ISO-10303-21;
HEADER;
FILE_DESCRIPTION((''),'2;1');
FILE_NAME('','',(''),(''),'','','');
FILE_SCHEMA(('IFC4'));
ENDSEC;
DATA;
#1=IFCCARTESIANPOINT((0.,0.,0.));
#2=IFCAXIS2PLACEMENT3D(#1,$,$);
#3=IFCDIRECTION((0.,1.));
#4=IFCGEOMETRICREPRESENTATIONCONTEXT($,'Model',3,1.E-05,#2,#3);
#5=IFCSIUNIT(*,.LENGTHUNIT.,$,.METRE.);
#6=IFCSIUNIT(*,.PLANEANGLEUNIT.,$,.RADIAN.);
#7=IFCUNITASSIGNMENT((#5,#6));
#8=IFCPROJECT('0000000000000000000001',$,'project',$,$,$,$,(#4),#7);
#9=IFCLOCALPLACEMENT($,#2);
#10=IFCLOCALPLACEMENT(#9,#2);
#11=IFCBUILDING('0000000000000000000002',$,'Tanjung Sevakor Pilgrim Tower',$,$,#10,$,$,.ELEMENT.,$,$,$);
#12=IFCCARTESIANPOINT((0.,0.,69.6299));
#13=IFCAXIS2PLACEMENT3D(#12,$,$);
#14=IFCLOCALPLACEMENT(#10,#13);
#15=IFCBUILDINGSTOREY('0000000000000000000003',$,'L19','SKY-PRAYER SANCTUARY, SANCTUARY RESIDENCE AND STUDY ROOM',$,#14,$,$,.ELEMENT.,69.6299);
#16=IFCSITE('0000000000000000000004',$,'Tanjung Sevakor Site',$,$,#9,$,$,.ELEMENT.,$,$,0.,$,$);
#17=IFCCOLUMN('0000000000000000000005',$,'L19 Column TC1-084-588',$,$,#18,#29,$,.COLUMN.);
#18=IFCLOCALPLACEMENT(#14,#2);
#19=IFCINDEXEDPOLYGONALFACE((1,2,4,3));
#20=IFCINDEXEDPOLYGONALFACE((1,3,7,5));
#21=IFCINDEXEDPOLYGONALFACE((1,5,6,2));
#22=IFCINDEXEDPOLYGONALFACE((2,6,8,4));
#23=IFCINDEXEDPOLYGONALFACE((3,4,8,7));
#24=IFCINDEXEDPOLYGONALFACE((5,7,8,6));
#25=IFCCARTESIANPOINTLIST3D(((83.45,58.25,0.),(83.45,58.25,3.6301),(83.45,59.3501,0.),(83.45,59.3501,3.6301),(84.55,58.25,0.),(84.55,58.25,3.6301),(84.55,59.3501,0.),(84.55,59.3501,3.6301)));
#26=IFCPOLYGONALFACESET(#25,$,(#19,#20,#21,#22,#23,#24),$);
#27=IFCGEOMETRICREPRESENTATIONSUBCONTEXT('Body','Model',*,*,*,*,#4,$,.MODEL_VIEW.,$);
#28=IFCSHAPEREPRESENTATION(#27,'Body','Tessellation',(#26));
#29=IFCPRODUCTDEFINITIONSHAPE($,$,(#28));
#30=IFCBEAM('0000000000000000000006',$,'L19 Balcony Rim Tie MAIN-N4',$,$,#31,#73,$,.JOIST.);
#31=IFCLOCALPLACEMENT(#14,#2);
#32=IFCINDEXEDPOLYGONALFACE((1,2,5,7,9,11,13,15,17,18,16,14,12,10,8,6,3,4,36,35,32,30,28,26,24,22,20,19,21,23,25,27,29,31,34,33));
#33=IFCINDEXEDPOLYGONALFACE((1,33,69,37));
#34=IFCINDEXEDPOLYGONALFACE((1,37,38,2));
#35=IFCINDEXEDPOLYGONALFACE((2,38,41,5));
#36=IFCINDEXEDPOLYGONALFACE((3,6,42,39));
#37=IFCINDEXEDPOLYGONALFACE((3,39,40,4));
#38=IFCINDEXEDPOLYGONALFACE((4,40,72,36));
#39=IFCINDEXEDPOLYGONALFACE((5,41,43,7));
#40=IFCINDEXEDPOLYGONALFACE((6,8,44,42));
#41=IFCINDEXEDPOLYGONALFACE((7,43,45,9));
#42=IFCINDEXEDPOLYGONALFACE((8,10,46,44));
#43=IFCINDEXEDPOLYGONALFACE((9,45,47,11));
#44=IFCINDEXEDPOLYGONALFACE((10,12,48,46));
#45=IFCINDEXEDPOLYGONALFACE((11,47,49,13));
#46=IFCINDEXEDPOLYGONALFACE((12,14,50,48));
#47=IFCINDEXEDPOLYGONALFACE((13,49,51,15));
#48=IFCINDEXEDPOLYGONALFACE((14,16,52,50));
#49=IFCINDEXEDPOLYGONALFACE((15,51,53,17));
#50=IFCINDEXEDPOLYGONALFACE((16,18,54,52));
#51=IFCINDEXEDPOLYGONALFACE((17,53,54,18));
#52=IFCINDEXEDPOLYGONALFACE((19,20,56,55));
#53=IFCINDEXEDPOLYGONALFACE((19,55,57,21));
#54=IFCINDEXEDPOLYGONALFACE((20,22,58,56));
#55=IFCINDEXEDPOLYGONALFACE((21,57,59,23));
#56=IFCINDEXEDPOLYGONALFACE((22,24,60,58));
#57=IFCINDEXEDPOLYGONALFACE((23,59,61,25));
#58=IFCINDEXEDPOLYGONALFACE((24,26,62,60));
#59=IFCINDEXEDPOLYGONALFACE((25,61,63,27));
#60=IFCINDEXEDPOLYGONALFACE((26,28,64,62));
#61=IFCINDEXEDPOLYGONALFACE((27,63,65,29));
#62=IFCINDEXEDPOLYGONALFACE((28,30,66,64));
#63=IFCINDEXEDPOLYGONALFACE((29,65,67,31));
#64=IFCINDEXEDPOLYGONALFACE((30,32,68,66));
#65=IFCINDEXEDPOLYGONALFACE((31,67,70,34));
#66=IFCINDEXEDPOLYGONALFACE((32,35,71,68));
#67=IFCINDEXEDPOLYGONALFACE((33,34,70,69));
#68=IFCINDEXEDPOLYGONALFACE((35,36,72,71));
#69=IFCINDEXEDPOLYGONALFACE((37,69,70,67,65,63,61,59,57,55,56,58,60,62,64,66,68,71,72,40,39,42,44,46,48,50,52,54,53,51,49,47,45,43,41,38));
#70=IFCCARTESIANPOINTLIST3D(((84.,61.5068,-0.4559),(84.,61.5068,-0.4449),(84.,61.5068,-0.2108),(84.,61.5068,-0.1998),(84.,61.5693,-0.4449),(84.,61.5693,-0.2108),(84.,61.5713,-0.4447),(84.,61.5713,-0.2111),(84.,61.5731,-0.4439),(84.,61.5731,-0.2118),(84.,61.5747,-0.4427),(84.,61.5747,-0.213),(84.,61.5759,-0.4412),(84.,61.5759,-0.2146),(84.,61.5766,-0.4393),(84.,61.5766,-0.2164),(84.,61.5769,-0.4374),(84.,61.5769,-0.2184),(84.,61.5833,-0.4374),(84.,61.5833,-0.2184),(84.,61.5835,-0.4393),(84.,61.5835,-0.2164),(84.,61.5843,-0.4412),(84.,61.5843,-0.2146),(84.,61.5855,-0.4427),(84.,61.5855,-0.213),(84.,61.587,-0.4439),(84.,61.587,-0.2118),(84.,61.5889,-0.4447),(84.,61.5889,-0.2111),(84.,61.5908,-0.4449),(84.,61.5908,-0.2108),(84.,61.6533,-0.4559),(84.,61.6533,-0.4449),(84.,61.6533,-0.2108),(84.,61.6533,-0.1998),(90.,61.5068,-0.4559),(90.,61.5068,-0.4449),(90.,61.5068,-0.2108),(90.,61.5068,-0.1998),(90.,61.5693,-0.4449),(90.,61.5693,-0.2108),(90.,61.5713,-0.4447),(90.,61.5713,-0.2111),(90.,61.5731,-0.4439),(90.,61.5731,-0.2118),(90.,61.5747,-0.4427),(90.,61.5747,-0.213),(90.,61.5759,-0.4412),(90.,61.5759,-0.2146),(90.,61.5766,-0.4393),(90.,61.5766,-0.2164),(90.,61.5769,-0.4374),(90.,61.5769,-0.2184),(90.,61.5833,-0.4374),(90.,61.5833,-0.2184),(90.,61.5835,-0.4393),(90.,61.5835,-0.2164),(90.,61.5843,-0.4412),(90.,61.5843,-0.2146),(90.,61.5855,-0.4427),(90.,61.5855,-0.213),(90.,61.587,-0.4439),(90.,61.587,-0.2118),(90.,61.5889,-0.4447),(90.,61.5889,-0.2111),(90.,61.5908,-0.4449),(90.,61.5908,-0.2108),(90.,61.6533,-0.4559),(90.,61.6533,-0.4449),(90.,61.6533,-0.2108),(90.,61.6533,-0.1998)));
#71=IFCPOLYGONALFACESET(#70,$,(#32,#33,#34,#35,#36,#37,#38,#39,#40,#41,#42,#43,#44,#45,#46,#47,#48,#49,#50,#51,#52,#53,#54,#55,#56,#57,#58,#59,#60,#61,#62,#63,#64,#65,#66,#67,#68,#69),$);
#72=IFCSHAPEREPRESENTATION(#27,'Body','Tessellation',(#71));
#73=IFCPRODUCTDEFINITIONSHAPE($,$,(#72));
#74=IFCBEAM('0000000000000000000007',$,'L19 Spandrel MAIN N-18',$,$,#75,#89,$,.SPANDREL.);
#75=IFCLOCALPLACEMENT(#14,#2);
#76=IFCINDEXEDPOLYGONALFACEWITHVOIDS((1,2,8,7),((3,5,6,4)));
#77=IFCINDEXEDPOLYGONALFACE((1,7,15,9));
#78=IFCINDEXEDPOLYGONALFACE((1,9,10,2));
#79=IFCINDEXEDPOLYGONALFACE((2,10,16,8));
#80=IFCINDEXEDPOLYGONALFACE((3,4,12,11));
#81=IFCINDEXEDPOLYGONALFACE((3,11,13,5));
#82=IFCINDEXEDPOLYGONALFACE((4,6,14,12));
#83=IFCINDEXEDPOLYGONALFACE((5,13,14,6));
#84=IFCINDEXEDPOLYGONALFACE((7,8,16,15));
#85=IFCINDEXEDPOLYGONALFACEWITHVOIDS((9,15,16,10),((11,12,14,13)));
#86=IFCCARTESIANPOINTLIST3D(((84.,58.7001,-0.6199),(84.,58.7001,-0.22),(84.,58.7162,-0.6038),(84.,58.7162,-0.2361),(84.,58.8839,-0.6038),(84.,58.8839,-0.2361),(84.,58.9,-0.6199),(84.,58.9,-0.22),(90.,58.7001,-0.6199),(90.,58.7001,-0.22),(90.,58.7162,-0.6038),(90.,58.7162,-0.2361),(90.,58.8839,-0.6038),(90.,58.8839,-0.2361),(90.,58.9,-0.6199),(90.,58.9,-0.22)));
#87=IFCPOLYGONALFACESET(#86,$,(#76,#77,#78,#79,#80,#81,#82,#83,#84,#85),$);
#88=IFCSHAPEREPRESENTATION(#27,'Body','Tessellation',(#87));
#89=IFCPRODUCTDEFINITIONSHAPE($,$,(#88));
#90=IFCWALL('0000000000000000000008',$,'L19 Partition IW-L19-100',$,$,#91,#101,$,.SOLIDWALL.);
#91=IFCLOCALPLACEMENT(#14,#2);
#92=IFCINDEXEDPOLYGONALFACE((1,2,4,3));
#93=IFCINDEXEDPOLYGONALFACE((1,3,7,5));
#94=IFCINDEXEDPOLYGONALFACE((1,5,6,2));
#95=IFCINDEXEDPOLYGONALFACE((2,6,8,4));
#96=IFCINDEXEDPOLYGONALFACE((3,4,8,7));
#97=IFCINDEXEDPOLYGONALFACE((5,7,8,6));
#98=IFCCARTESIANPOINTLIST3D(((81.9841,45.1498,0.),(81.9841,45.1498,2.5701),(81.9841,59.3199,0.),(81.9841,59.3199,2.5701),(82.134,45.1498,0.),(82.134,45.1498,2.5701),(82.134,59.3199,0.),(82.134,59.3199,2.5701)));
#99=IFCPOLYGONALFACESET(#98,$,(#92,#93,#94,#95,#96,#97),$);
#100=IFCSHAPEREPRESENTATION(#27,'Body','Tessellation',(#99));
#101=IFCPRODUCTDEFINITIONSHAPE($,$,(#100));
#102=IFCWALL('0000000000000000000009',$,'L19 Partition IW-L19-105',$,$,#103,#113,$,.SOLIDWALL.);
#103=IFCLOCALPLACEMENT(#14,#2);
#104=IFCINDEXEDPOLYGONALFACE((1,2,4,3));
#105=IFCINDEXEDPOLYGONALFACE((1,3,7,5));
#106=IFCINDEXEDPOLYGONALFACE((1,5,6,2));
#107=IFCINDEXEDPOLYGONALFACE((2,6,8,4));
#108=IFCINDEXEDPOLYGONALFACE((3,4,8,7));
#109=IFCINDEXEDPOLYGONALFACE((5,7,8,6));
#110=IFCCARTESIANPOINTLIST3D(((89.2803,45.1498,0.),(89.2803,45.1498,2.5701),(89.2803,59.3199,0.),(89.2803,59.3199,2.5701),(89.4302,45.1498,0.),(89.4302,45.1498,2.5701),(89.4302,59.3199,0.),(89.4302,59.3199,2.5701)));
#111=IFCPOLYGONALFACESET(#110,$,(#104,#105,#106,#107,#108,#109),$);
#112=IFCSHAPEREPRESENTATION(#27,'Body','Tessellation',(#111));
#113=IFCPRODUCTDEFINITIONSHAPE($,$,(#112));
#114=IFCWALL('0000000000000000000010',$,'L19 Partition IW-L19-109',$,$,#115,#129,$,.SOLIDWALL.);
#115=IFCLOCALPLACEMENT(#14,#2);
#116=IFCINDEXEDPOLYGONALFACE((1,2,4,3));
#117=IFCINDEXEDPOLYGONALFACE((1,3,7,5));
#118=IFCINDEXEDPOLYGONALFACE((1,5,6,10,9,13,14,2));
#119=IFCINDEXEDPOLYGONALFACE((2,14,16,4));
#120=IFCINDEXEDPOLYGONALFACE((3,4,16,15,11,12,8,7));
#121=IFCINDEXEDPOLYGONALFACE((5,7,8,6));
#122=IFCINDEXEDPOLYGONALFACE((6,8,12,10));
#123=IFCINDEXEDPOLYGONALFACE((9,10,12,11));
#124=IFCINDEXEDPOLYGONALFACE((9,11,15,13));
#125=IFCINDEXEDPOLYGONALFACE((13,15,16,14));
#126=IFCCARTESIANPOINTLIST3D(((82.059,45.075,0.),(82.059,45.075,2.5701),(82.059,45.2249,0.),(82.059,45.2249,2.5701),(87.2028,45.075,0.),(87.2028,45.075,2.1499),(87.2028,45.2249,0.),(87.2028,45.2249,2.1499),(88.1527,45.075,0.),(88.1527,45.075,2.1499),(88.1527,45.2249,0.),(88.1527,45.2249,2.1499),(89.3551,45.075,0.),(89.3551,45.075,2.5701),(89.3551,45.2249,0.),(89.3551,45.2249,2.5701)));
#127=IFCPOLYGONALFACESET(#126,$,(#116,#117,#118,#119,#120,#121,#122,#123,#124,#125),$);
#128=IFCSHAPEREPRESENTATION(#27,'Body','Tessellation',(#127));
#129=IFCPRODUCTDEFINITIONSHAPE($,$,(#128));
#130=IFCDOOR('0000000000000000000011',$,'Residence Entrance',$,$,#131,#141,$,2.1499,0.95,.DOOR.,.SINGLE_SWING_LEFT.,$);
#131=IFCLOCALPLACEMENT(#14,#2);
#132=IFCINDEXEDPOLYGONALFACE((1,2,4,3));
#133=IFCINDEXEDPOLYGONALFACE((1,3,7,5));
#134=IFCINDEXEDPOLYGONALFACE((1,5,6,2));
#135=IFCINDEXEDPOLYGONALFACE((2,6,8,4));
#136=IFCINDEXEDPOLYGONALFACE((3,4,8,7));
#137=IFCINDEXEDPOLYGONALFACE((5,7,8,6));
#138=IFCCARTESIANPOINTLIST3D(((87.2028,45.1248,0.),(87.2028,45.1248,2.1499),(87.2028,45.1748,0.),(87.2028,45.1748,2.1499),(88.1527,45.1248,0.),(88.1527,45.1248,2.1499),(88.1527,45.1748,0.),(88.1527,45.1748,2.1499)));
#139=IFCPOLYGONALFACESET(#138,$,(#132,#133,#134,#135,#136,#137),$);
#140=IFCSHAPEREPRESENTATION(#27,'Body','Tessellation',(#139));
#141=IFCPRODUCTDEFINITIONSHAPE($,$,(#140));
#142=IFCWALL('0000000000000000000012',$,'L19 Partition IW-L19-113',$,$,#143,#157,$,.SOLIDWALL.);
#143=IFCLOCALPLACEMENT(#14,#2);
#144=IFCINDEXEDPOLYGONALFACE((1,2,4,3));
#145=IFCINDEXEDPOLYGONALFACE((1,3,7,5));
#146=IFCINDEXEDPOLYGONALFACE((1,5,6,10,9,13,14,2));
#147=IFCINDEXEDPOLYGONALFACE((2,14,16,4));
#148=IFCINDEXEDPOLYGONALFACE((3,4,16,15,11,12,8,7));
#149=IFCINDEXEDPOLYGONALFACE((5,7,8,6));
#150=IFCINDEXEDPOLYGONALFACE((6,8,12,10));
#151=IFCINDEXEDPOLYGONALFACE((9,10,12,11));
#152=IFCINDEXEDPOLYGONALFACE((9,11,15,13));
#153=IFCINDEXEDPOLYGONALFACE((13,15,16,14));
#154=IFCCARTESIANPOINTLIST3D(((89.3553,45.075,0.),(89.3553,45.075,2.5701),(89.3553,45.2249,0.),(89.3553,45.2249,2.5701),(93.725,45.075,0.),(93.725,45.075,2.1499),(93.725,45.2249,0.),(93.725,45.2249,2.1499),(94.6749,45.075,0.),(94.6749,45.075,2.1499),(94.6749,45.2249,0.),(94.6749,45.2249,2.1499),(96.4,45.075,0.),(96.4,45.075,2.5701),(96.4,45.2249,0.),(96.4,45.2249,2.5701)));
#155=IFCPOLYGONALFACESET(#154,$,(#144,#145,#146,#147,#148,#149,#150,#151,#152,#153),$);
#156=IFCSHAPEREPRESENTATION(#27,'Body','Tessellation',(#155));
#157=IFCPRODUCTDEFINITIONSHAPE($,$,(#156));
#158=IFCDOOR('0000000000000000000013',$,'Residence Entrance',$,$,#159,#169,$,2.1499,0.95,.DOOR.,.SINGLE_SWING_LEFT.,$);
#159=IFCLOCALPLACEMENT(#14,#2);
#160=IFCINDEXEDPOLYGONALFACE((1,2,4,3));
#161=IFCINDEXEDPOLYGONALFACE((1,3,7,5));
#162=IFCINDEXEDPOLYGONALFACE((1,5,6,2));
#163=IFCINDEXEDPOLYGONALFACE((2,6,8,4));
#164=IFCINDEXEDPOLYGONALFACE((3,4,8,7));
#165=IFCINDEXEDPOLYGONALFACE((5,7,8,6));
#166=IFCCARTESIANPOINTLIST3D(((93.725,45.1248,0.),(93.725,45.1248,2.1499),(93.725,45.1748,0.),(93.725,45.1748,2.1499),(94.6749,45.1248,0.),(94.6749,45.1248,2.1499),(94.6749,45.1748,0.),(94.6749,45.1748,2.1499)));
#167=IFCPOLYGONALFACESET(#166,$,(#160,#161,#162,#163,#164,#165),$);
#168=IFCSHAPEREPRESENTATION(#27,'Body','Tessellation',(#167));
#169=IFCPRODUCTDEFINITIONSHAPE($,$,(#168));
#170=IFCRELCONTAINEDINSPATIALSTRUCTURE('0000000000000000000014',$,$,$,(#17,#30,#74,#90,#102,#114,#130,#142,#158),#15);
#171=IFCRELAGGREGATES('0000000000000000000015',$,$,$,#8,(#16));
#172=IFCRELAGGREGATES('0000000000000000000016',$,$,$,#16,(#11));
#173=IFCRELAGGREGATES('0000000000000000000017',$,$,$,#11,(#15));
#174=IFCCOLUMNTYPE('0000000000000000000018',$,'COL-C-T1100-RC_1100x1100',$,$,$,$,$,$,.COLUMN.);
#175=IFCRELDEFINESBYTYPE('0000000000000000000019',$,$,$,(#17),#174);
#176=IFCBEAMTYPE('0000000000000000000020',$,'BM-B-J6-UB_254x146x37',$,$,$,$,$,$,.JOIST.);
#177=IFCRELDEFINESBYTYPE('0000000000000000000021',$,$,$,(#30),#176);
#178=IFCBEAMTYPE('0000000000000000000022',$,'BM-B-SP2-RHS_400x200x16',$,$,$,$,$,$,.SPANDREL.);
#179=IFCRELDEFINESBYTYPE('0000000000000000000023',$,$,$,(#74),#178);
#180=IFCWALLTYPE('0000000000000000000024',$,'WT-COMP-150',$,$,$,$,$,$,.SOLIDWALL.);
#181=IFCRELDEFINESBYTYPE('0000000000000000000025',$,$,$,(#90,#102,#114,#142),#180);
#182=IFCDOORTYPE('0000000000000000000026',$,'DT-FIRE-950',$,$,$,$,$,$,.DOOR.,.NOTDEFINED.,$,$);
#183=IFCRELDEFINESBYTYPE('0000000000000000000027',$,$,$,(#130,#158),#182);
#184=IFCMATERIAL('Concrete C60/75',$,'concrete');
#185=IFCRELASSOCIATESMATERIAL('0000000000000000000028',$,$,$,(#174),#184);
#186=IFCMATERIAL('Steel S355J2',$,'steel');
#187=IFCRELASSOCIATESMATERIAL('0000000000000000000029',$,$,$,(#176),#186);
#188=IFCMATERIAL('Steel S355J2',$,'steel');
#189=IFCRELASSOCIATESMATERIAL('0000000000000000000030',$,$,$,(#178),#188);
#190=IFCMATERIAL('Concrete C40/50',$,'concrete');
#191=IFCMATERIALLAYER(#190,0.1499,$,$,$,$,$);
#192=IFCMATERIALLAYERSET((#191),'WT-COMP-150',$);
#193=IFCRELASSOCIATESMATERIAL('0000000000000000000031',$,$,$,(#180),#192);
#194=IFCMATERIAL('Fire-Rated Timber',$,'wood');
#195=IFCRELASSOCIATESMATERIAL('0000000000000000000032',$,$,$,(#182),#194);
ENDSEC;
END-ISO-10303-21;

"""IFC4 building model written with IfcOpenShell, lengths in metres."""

from ifc_helpers import new_model, si_unit, direction, frame, frame_2d, origin, origin_2d, place, context, subcontext, project, spatial, rectangle, hollow_rectangle, i_section, extrude, material, layer, layer_set, material_profile, profile_set, type_object, element, fill, save


model = new_model("IFC4")

# Units and contexts
model_context = context("Model", 3, precision=1e-05, world=origin(), true_north=direction((0.0, 1.0)))
body_context = subcontext(model_context, "Body", "Model", "MODEL_VIEW")
ifc_project = project(units=[si_unit("LENGTHUNIT", "METRE"), si_unit("PLANEANGLEUNIT", "RADIAN")], contexts=[model_context])

# Site, building, storey
site_placement = place(None, origin())
site = spatial("IfcSite", under=ifc_project, at=site_placement, Name="Tanjung Sevakor Site", CompositionType="ELEMENT", RefElevation=0.0)
building_placement = place(site_placement, origin())
building = spatial("IfcBuilding", under=site, at=building_placement, Name="Tanjung Sevakor Pilgrim Tower", CompositionType="ELEMENT")
storey_placement = place(building_placement, frame((0.0, 0.0, 69.6299)))
storey = spatial("IfcBuildingStorey", under=building, at=storey_placement, Name="L19", Description="SKY-PRAYER SANCTUARY, SANCTUARY RESIDENCE AND STUDY ROOM", CompositionType="ELEMENT", Elevation=69.6299)

# Column
ifc_material_1 = material(Name="Concrete C60/75", Category="concrete")
ifc_material_profile_1 = material_profile(ifc_material_1, rectangle(XDim=1.1001, YDim=1.1001, at=origin_2d()))
ifc_profile_set_1 = profile_set([ifc_material_profile_1], Name="Concrete C60/75")
column_type = type_object("IfcColumnType", Name="COL-C-T1100-RC_1100x1100", PredefinedType="COLUMN", material=ifc_profile_set_1)
column_placement = place(storey_placement, frame((84.0, 58.8, 0.0), z_axis=(0.0, 0.0, 1.0), x_axis=(1.0, 0.0, 0.0)))
element("IfcColumn", 1, at=column_placement, inside=storey, type_object=column_type, Name="L19 Column TC1-084-588", PredefinedType="COLUMN", context=body_context, shape_type="SweptSolid", body=[
    extrude(rectangle(XDim=1.1001, YDim=1.1001, at=origin_2d()), origin(), (0.0, 0.0, 1.0), 3.6301),
])

# Beams
ifc_material_2 = material(Name="Steel S355J2", Category="steel")
ifc_material_profile_2 = material_profile(ifc_material_2, i_section(OverallWidth=0.1465, OverallDepth=0.2561, WebThickness=0.0063, FlangeThickness=0.011, FilletRadius=0.0076, at=origin_2d()))
ifc_profile_set_2 = profile_set([ifc_material_profile_2], Name="Steel S355J2")
beam_type_1 = type_object("IfcBeamType", Name="BM-B-J6-UB_254x146x37", PredefinedType="JOIST", material=ifc_profile_set_2)
beam_1_placement = place(storey_placement, frame((84.0, 61.5801, -0.3279), z_axis=(1.0, 0.0, 0.0), x_axis=(0.0, 1.0, 0.0)))
element("IfcBeam", 2, at=beam_1_placement, inside=storey, type_object=beam_type_1, Name="L19 Balcony Rim Tie MAIN-N4", PredefinedType="JOIST", context=body_context, shape_type="SweptSolid", body=[
    extrude(i_section(OverallWidth=0.1465, OverallDepth=0.2561, WebThickness=0.0063, FlangeThickness=0.011, FilletRadius=0.0076, at=origin_2d()), origin(), (0.0, 0.0, 1.0), 6.0),
])
ifc_material_3 = material(Name="Steel S355J2", Category="steel")
ifc_material_profile_3 = material_profile(ifc_material_3, hollow_rectangle(XDim=0.2, YDim=0.3999, WallThickness=0.0161, at=origin_2d()))
ifc_profile_set_3 = profile_set([ifc_material_profile_3], Name="Steel S355J2")
beam_type_2 = type_object("IfcBeamType", Name="BM-B-SP2-RHS_400x200x16", PredefinedType="SPANDREL", material=ifc_profile_set_3)
beam_2_placement = place(storey_placement, frame((84.0, 58.8, -0.4199), z_axis=(1.0, 0.0, 0.0), x_axis=(0.0, 1.0, 0.0)))
element("IfcBeam", 3, at=beam_2_placement, inside=storey, type_object=beam_type_2, Name="L19 Spandrel MAIN N-18", PredefinedType="SPANDREL", context=body_context, shape_type="SweptSolid", body=[
    extrude(hollow_rectangle(XDim=0.2, YDim=0.3999, WallThickness=0.0161, at=origin_2d()), origin(), (0.0, 0.0, 1.0), 6.0),
])

# Walls
ifc_material_4 = material(Name="Concrete C40/50", Category="concrete")
ifc_layer_1 = layer(ifc_material_4, 0.1499)
ifc_layer_set_1 = layer_set([ifc_layer_1], Name="WT-COMP-150")
wall_type_1 = type_object("IfcWallType", Name="WT-COMP-150", PredefinedType="SOLIDWALL", material=ifc_layer_set_1)
for number, where, z_axis, x_axis, name in (
    (4, (82.0591, 45.1499, 0.0), (0.0, 0.0, 1.0), (0.0, 1.0, 0.0), "L19 Partition IW-L19-100"),
    (5, (89.3552, 45.1499, 0.0), (0.0, 0.0, 1.0), (0.0, 1.0, 0.0), "L19 Partition IW-L19-105"),
):
    element("IfcWall", number, at=place(storey_placement, frame(where, z_axis=z_axis, x_axis=x_axis)), inside=storey, type_object=wall_type_1, Name=name, PredefinedType="SOLIDWALL", context=body_context, shape_type="SweptSolid", body=[
        extrude(rectangle(XDim=14.1702, YDim=0.1499, at=frame_2d((7.085, 0.0))), origin(), (0.0, 0.0, 1.0), 2.5701),
    ])

# Walls, openings, doors
wall_1_placement = place(storey_placement, frame((82.0591, 45.1499, 0.0), z_axis=(0.0, 0.0, 1.0), x_axis=(1.0, 0.0, 0.0)))
wall_1 = element("IfcWall", 6, at=wall_1_placement, inside=storey, type_object=wall_type_1, Name="L19 Partition IW-L19-109", PredefinedType="SOLIDWALL", context=body_context, shape_type="SweptSolid", body=[
    extrude(rectangle(XDim=7.2961, YDim=0.1499, at=frame_2d((3.6479, 0.0))), origin(), (0.0, 0.0, 1.0), 2.5701),
])
opening_1_placement = place(wall_1_placement, frame((5.1436, 0.0, 0.0)))
opening_1 = element("IfcOpeningElement", 7, at=opening_1_placement, cuts=wall_1, PredefinedType="OPENING", context=body_context, shape_type="SweptSolid", body=[
    extrude(rectangle(XDim=0.95, YDim=2.1499, at=frame_2d((0.4751, 1.075))), frame((0.0, 0.085, 0.0), z_axis=(0.0, -1.0, 0.0), x_axis=(1.0, 0.0, 0.0)), (0.0, 0.0, 1.0), 0.1699),
])
ifc_material_5 = material(Name="Fire-Rated Timber", Category="wood")
door_type_1 = type_object("IfcDoorType", Name="DT-FIRE-950", OperationType="NOTDEFINED", PredefinedType="DOOR", material=ifc_material_5)
door_1_placement = place(opening_1_placement, origin())
door_1 = element("IfcDoor", 8, at=door_1_placement, inside=storey, type_object=door_type_1, Name="Residence Entrance", OperationType="SINGLE_SWING_LEFT", OverallHeight=2.1499, OverallWidth=0.95, PredefinedType="DOOR", context=body_context, shape_type="SweptSolid", body=[
    extrude(rectangle(XDim=0.95, YDim=2.1499, at=frame_2d((0.4751, 1.075))), frame((0.0, 0.0249, 0.0), z_axis=(0.0, -1.0, 0.0), x_axis=(1.0, 0.0, 0.0)), (0.0, 0.0, 1.0), 0.05),
])
fill(opening_1, door_1)
wall_2_placement = place(storey_placement, frame((89.3552, 45.1499, 0.0), z_axis=(0.0, 0.0, 1.0), x_axis=(1.0, 0.0, 0.0)))
wall_2 = element("IfcWall", 9, at=wall_2_placement, inside=storey, type_object=wall_type_1, Name="L19 Partition IW-L19-113", PredefinedType="SOLIDWALL", context=body_context, shape_type="SweptSolid", body=[
    extrude(rectangle(XDim=7.0447, YDim=0.1499, at=frame_2d((3.5225, 0.0))), origin(), (0.0, 0.0, 1.0), 2.5701),
])
opening_2_placement = place(wall_2_placement, frame((4.3696, 0.0, 0.0)))
opening_2 = element("IfcOpeningElement", 10, at=opening_2_placement, cuts=wall_2, PredefinedType="OPENING", context=body_context, shape_type="SweptSolid", body=[
    extrude(rectangle(XDim=0.95, YDim=2.1499, at=frame_2d((0.4751, 1.075))), frame((0.0, 0.085, 0.0), z_axis=(0.0, -1.0, 0.0), x_axis=(1.0, 0.0, 0.0)), (0.0, 0.0, 1.0), 0.1699),
])
door_2_placement = place(opening_2_placement, origin())
door_2 = element("IfcDoor", 11, at=door_2_placement, inside=storey, type_object=door_type_1, Name="Residence Entrance", OperationType="SINGLE_SWING_LEFT", OverallHeight=2.1499, OverallWidth=0.95, PredefinedType="DOOR", context=body_context, shape_type="SweptSolid", body=[
    extrude(rectangle(XDim=0.95, YDim=2.1499, at=frame_2d((0.4751, 1.075))), frame((0.0, 0.0249, 0.0), z_axis=(0.0, -1.0, 0.0), x_axis=(1.0, 0.0, 0.0)), (0.0, 0.0, 1.0), 0.05),
])
fill(opening_2, door_2)

save(model, "model.ifc")
